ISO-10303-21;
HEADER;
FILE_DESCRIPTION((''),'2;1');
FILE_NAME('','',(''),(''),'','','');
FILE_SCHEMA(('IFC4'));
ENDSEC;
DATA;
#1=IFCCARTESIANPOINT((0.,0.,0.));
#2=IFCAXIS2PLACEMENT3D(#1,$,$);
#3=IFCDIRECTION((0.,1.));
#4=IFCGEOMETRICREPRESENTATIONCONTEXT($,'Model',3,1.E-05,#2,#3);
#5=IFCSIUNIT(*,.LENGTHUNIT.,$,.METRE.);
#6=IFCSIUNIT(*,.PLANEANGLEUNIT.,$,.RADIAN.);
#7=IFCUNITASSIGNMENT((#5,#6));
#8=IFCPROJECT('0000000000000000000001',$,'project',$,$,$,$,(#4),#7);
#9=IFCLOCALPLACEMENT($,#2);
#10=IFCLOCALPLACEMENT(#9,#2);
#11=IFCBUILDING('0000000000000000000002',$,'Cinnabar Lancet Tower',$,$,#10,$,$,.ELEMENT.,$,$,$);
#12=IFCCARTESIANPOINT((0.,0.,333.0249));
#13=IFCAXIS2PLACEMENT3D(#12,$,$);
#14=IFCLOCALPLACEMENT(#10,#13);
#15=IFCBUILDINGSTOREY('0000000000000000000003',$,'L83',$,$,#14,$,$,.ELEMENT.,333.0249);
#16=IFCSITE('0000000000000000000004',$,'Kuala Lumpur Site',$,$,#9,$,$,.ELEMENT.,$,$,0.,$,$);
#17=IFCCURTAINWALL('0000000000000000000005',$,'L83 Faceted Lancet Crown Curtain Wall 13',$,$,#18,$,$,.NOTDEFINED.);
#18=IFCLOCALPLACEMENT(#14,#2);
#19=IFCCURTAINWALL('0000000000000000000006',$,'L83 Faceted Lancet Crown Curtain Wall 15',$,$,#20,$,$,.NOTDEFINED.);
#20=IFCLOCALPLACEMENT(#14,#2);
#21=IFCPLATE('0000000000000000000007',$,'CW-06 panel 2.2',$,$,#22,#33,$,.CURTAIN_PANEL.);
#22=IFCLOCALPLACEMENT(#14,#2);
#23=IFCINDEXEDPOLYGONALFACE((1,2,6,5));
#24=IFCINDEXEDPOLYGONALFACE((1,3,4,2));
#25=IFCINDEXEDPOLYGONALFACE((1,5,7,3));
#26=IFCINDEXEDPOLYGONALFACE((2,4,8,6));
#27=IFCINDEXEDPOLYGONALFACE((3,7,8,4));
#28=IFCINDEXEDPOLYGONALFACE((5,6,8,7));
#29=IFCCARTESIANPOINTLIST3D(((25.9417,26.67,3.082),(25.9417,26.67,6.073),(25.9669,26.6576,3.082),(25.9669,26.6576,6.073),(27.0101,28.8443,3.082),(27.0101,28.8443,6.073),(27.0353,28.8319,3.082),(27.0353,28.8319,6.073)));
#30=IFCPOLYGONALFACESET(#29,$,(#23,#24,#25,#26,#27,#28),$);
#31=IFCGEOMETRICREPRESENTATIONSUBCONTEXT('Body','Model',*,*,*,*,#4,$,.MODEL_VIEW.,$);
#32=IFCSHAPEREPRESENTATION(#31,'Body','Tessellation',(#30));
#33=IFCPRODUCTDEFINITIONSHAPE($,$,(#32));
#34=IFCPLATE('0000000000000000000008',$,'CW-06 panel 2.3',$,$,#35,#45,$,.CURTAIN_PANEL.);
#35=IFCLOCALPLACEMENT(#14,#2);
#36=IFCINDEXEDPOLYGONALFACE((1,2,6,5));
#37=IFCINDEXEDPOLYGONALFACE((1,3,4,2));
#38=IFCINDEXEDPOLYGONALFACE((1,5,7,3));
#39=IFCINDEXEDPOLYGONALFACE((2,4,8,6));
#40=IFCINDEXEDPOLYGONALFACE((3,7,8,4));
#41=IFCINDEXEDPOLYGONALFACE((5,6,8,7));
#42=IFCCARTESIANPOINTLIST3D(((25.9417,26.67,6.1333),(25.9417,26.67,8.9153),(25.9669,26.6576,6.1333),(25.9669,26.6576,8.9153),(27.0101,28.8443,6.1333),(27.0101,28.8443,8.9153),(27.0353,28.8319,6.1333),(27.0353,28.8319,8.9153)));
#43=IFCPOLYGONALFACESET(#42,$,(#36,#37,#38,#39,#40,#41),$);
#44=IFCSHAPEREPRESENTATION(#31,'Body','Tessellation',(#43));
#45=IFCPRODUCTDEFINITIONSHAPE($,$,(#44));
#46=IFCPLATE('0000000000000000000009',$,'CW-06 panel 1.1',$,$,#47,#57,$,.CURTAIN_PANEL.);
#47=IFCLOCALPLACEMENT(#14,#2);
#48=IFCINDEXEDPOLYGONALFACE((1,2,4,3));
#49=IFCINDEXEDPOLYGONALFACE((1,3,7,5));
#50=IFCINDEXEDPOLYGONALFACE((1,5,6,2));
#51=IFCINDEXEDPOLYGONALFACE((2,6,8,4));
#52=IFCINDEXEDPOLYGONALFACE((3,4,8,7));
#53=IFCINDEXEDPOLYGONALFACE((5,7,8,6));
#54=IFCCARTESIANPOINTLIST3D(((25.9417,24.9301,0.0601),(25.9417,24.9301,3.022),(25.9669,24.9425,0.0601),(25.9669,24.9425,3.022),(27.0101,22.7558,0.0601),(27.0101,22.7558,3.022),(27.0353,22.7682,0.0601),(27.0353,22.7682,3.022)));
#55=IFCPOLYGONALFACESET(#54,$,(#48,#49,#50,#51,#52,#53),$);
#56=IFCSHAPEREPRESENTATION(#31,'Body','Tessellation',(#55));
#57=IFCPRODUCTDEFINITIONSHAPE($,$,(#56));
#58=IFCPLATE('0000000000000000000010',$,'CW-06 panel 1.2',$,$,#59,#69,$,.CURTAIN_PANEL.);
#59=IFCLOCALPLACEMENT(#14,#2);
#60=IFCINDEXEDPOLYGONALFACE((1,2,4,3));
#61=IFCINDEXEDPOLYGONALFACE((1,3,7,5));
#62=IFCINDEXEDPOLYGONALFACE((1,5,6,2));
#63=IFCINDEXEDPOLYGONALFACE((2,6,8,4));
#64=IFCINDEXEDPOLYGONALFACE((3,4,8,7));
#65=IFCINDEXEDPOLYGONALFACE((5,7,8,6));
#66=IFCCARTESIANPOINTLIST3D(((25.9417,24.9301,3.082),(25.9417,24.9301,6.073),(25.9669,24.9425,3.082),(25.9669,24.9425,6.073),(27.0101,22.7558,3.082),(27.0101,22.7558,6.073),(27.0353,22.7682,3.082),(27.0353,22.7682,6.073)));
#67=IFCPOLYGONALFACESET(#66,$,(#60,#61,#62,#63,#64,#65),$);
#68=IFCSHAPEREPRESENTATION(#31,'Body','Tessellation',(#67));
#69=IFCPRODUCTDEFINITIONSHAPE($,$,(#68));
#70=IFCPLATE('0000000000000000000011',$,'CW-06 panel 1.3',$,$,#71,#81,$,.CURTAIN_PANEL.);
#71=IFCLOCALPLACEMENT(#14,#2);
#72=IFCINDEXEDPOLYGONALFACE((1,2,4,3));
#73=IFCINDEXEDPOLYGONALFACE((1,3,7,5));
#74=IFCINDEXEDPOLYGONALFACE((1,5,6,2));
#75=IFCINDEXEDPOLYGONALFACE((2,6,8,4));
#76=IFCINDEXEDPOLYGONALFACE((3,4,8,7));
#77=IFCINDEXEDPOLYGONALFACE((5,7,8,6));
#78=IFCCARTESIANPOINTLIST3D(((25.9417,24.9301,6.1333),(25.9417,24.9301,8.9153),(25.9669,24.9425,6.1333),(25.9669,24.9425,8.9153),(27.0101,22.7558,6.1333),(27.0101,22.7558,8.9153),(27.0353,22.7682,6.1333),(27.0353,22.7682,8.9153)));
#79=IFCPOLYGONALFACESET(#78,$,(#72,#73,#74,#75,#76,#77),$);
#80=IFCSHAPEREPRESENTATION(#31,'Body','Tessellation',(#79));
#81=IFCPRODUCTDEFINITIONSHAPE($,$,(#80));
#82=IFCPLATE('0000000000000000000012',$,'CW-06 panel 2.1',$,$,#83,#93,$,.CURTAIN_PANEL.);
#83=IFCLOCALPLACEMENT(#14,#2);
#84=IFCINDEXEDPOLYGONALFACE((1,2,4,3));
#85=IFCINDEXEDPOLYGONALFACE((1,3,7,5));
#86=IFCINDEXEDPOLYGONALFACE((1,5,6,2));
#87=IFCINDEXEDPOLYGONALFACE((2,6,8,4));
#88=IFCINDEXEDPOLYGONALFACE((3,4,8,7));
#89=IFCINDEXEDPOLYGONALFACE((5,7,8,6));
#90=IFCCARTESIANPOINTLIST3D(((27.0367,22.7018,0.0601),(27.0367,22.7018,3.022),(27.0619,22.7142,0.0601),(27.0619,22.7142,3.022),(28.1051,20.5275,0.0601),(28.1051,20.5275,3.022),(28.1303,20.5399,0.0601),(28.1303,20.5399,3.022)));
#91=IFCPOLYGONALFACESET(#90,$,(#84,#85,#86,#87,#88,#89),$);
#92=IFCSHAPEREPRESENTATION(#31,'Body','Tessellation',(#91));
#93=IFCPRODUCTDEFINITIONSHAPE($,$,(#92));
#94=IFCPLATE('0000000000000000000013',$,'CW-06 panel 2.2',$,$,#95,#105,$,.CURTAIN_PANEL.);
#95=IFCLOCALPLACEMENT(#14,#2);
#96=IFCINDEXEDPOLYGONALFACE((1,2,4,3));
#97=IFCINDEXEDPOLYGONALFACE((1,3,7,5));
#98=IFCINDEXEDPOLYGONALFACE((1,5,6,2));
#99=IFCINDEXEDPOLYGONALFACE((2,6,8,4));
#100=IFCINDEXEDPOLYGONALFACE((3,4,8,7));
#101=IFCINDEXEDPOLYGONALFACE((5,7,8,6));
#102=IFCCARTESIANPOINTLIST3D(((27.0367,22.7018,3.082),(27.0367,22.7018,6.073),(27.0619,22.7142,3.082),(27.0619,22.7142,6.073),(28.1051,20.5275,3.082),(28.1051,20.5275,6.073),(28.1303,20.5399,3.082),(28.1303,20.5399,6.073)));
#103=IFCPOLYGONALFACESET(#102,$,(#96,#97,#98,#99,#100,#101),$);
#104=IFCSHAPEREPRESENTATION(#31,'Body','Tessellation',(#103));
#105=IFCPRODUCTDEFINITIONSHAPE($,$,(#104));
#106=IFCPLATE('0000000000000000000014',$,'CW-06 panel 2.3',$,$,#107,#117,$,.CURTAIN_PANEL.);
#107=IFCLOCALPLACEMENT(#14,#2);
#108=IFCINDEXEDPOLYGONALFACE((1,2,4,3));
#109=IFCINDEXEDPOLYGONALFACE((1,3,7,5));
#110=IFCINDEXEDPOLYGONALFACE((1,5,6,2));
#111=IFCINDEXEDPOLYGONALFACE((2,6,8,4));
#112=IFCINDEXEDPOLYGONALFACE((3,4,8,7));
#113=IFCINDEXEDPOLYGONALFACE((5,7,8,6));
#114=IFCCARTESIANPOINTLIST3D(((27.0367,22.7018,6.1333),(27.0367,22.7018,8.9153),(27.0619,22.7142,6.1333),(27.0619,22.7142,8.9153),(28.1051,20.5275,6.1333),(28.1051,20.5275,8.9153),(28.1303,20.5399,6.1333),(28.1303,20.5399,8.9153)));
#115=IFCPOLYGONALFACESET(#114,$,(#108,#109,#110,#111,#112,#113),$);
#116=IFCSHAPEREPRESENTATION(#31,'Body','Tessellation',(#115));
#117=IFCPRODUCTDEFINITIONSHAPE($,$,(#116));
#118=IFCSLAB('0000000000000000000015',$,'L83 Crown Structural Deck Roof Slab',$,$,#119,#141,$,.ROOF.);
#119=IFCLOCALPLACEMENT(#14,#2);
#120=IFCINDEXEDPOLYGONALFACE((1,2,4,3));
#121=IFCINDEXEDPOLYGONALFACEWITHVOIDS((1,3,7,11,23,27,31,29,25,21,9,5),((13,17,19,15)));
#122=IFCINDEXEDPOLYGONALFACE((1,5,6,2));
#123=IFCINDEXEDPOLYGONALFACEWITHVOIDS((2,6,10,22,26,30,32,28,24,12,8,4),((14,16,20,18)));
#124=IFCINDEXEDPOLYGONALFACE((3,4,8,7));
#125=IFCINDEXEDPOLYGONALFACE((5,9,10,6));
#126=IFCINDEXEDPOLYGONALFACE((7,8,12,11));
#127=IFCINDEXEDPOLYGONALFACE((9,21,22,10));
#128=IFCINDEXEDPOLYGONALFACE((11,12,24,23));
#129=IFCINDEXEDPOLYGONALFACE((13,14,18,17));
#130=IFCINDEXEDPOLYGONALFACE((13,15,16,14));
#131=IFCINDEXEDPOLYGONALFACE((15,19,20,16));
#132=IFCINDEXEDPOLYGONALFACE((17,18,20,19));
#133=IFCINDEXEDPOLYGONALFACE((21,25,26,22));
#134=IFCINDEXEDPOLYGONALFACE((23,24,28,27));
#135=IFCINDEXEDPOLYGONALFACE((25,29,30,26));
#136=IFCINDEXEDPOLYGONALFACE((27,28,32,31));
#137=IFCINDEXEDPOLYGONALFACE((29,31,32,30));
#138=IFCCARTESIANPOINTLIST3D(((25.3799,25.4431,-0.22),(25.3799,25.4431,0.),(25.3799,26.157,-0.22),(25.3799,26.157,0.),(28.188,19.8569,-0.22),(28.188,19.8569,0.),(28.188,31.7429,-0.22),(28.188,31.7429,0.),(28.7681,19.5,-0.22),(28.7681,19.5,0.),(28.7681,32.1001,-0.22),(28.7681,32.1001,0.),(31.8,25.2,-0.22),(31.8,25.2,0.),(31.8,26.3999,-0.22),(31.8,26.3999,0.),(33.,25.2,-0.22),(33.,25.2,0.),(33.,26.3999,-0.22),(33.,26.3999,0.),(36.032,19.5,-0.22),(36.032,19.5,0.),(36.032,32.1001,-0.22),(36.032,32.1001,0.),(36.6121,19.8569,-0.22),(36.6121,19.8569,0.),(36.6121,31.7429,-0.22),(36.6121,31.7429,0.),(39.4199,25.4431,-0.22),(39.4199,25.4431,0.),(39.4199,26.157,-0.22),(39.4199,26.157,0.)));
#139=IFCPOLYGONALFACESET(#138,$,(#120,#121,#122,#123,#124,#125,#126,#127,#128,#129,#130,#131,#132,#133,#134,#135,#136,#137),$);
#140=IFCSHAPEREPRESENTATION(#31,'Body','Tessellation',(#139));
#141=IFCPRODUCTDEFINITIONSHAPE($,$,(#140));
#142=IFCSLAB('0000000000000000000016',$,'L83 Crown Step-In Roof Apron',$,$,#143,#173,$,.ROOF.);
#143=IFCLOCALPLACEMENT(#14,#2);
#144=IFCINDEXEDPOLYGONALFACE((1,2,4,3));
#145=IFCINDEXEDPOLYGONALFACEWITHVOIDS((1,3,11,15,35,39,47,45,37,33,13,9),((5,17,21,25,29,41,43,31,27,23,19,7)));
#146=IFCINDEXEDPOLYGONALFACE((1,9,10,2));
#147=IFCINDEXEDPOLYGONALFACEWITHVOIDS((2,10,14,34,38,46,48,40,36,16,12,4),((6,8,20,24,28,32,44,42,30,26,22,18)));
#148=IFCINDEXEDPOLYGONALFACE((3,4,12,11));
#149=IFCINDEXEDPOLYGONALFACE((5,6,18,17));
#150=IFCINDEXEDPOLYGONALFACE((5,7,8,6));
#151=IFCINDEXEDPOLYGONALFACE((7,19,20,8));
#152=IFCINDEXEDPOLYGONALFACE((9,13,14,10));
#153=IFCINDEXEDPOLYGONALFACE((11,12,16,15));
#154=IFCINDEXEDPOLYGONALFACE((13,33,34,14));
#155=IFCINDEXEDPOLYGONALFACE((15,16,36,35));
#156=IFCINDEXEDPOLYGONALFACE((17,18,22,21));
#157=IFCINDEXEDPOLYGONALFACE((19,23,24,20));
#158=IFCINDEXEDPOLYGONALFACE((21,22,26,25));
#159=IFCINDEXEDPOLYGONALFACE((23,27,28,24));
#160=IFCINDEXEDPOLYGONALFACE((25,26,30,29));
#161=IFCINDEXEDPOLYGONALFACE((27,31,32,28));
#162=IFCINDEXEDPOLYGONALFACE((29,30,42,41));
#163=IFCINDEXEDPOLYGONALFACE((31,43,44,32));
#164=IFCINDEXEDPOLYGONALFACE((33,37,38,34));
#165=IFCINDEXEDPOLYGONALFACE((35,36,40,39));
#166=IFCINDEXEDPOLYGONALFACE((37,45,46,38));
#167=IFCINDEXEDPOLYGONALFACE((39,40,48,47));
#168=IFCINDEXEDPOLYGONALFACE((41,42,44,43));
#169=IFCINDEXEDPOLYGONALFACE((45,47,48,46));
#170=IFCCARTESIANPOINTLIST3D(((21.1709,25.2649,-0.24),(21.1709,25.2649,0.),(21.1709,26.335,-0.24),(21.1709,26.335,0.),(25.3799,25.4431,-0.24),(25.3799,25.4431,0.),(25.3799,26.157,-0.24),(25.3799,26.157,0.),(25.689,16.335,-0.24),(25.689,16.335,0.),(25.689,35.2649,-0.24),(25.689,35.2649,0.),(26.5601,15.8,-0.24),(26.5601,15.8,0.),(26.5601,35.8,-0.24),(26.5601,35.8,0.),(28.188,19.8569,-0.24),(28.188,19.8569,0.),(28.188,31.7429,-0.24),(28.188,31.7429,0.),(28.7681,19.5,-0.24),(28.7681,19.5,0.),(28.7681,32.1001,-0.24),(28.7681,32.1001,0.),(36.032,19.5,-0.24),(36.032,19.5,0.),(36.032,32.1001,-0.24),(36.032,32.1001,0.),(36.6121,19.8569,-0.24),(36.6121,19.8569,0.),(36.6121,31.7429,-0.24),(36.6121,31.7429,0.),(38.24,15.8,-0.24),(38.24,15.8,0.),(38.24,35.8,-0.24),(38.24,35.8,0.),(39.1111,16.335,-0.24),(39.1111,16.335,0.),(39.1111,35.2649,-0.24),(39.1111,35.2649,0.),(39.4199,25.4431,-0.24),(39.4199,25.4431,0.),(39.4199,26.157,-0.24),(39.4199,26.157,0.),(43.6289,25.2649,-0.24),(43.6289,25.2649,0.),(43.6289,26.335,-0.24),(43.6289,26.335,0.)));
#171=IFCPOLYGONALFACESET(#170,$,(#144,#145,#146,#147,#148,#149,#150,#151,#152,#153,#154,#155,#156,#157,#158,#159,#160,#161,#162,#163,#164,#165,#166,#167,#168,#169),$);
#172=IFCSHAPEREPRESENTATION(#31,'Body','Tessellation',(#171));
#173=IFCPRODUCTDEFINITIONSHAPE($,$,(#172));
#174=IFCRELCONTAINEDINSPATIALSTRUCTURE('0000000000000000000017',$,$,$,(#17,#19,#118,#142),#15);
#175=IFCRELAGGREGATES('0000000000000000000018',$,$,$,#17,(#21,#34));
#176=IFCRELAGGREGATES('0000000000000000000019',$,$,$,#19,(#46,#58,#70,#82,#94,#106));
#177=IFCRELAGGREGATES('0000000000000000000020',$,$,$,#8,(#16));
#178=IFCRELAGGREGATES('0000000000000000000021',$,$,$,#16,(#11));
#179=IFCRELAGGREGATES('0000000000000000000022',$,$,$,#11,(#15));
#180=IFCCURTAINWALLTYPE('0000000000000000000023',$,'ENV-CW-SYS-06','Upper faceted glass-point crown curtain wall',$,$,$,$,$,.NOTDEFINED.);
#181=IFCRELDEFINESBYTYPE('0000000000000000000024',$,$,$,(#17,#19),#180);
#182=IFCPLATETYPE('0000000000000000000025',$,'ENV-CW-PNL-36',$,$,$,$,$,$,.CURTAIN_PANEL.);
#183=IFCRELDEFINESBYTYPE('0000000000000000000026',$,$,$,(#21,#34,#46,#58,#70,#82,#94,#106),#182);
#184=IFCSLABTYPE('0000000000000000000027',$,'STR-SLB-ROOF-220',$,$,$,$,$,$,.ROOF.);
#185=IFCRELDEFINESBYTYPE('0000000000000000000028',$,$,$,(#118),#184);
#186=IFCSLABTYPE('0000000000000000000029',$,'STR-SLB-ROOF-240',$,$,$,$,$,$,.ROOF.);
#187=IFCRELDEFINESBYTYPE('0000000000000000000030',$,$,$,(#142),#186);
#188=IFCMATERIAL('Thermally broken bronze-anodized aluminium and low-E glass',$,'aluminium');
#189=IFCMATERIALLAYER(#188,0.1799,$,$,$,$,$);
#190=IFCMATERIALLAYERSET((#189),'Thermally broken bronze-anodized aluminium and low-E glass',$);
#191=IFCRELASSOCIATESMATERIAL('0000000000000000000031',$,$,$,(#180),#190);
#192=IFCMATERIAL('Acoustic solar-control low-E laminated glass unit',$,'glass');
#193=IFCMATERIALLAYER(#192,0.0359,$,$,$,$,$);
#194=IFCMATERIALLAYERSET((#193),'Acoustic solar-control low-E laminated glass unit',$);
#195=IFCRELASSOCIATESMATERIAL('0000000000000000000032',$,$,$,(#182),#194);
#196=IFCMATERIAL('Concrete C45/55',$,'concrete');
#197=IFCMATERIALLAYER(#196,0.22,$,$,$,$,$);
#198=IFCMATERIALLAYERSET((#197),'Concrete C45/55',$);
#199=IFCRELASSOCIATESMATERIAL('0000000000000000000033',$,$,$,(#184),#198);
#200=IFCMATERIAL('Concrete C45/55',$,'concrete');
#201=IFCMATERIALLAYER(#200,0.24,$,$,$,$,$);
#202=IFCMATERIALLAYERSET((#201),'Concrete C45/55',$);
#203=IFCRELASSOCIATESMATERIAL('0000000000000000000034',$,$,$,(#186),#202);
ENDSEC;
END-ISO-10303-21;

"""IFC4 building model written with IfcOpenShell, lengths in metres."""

from ifc_helpers import new_model, si_unit, direction, frame, origin, origin_2d, place, context, subcontext, project, spatial, polyline, rectangle, outline, extrude, material, layer, layer_set, type_object, element, aggregate, save


model = new_model("IFC4")

# Units and contexts
model_context = context("Model", 3, precision=1e-05, world=origin(), true_north=direction((0.0, 1.0)))
body_context = subcontext(model_context, "Body", "Model", "MODEL_VIEW")
ifc_project = project(units=[si_unit("LENGTHUNIT", "METRE"), si_unit("PLANEANGLEUNIT", "RADIAN")], contexts=[model_context])

# Site, building, storey
site_placement = place(None, origin())
site = spatial("IfcSite", under=ifc_project, at=site_placement, Name="Kuala Lumpur Site", CompositionType="ELEMENT", RefElevation=0.0)
building_placement = place(site_placement, origin())
building = spatial("IfcBuilding", under=site, at=building_placement, Name="Cinnabar Lancet Tower", CompositionType="ELEMENT")
storey_placement = place(building_placement, frame((0.0, 0.0, 333.0249)))
storey = spatial("IfcBuildingStorey", under=building, at=storey_placement, Name="L83", CompositionType="ELEMENT", Elevation=333.0249)

# Curtain walls
ifc_material_1 = material(Name="Thermally broken bronze-anodized aluminium and low-E glass", Category="aluminium")
ifc_layer_1 = layer(ifc_material_1, 0.1799)
ifc_layer_set_1 = layer_set([ifc_layer_1], Name="Thermally broken bronze-anodized aluminium and low-E glass")
curtain_wall_type = type_object("IfcCurtainWallType", Name="ENV-CW-SYS-06", Description="Upper faceted glass-point crown curtain wall", PredefinedType="NOTDEFINED", material=ifc_layer_set_1)
curtain_wall_1_placement = place(storey_placement, origin())
curtain_wall_1 = element("IfcCurtainWall", 1, at=curtain_wall_1_placement, inside=storey, type_object=curtain_wall_type, Name="L83 Faceted Lancet Crown Curtain Wall 13", PredefinedType="NOTDEFINED")
curtain_wall_2_placement = place(storey_placement, origin())
curtain_wall_2 = element("IfcCurtainWall", 2, at=curtain_wall_2_placement, inside=storey, type_object=curtain_wall_type, Name="L83 Faceted Lancet Crown Curtain Wall 15", PredefinedType="NOTDEFINED")

# Plates
ifc_material_2 = material(Name="Acoustic solar-control low-E laminated glass unit", Category="glass")
ifc_layer_2 = layer(ifc_material_2, 0.0359)
ifc_layer_set_2 = layer_set([ifc_layer_2], Name="Acoustic solar-control low-E laminated glass unit")
plate_type = type_object("IfcPlateType", Name="ENV-CW-PNL-36", PredefinedType="CURTAIN_PANEL", material=ifc_layer_set_2)
plate_1_placement = place(storey_placement, frame((26.4885, 27.751, 3.082), z_axis=(0.0, 0.0, 1.0), x_axis=(-0.440994, -0.89751, 0.0)))
plate_1 = element("IfcPlate", 3, at=plate_1_placement, type_object=plate_type, Name="CW-06 panel 2.2", PredefinedType="CURTAIN_PANEL", context=body_context, shape_type="SweptSolid", body=[
    extrude(rectangle(XDim=2.4226, YDim=0.0281, at=origin_2d()), origin(), (0.0, 0.0, 1.0), 2.991),
])
plate_2_placement = place(storey_placement, frame((26.4885, 27.751, 6.1333), z_axis=(0.0, 0.0, 1.0), x_axis=(-0.440994, -0.89751, 0.0)))
plate_2 = element("IfcPlate", 4, at=plate_2_placement, type_object=plate_type, Name="CW-06 panel 2.3", PredefinedType="CURTAIN_PANEL", context=body_context, shape_type="SweptSolid", body=[
    extrude(rectangle(XDim=2.4226, YDim=0.0281, at=origin_2d()), origin(), (0.0, 0.0, 1.0), 2.782),
])
aggregate(curtain_wall_1, [plate_1, plate_2])
plate_3_placement = place(storey_placement, frame((26.4885, 23.8491, 0.0601), z_axis=(0.0, 0.0, 1.0), x_axis=(0.440994, -0.89751, 0.0)))
plate_3 = element("IfcPlate", 5, at=plate_3_placement, type_object=plate_type, Name="CW-06 panel 1.1", PredefinedType="CURTAIN_PANEL", context=body_context, shape_type="SweptSolid", body=[
    extrude(rectangle(XDim=2.4226, YDim=0.0281, at=origin_2d()), origin(), (0.0, 0.0, 1.0), 2.9619),
])
plate_4_placement = place(storey_placement, frame((26.4885, 23.8491, 3.082), z_axis=(0.0, 0.0, 1.0), x_axis=(0.440994, -0.89751, 0.0)))
plate_4 = element("IfcPlate", 6, at=plate_4_placement, type_object=plate_type, Name="CW-06 panel 1.2", PredefinedType="CURTAIN_PANEL", context=body_context, shape_type="SweptSolid", body=[
    extrude(rectangle(XDim=2.4226, YDim=0.0281, at=origin_2d()), origin(), (0.0, 0.0, 1.0), 2.991),
])
plate_5_placement = place(storey_placement, frame((26.4885, 23.8491, 6.1333), z_axis=(0.0, 0.0, 1.0), x_axis=(0.440994, -0.89751, 0.0)))
plate_5 = element("IfcPlate", 7, at=plate_5_placement, type_object=plate_type, Name="CW-06 panel 1.3", PredefinedType="CURTAIN_PANEL", context=body_context, shape_type="SweptSolid", body=[
    extrude(rectangle(XDim=2.4226, YDim=0.0281, at=origin_2d()), origin(), (0.0, 0.0, 1.0), 2.782),
])
plate_6_placement = place(storey_placement, frame((27.5835, 21.6208, 0.0601), z_axis=(0.0, 0.0, 1.0), x_axis=(0.440994, -0.89751, 0.0)))
plate_6 = element("IfcPlate", 8, at=plate_6_placement, type_object=plate_type, Name="CW-06 panel 2.1", PredefinedType="CURTAIN_PANEL", context=body_context, shape_type="SweptSolid", body=[
    extrude(rectangle(XDim=2.4226, YDim=0.0281, at=origin_2d()), origin(), (0.0, 0.0, 1.0), 2.9619),
])
plate_7_placement = place(storey_placement, frame((27.5835, 21.6208, 3.082), z_axis=(0.0, 0.0, 1.0), x_axis=(0.440994, -0.89751, 0.0)))
plate_7 = element("IfcPlate", 9, at=plate_7_placement, type_object=plate_type, Name="CW-06 panel 2.2", PredefinedType="CURTAIN_PANEL", context=body_context, shape_type="SweptSolid", body=[
    extrude(rectangle(XDim=2.4226, YDim=0.0281, at=origin_2d()), origin(), (0.0, 0.0, 1.0), 2.991),
])
plate_8_placement = place(storey_placement, frame((27.5835, 21.6208, 6.1333), z_axis=(0.0, 0.0, 1.0), x_axis=(0.440994, -0.89751, 0.0)))
plate_8 = element("IfcPlate", 10, at=plate_8_placement, type_object=plate_type, Name="CW-06 panel 2.3", PredefinedType="CURTAIN_PANEL", context=body_context, shape_type="SweptSolid", body=[
    extrude(rectangle(XDim=2.4226, YDim=0.0281, at=origin_2d()), origin(), (0.0, 0.0, 1.0), 2.782),
])
aggregate(curtain_wall_2, [plate_3, plate_4, plate_5, plate_6, plate_7, plate_8])

# Slabs
ifc_material_3 = material(Name="Concrete C45/55", Category="concrete")
ifc_layer_3 = layer(ifc_material_3, 0.22)
ifc_layer_set_3 = layer_set([ifc_layer_3], Name="Concrete C45/55")
slab_type_1 = type_object("IfcSlabType", Name="STR-SLB-ROOF-220", PredefinedType="ROOF", material=ifc_layer_set_3)
slab_1_placement = place(storey_placement, frame((0.0, 0.0, -0.22)))
element("IfcSlab", 11, at=slab_1_placement, inside=storey, type_object=slab_type_1, Name="L83 Crown Structural Deck Roof Slab", PredefinedType="ROOF", context=body_context, shape_type="SweptSolid", body=[
    extrude(outline(polyline([(28.188, 19.8569), (28.7681, 19.5), (36.032, 19.5), (36.6121, 19.8569), (39.4199, 25.4431), (39.4199, 26.157), (36.6121, 31.7429), (36.032, 32.1001), (28.7681, 32.1001), (28.188, 31.7429), (25.3799, 26.157), (25.3799, 25.4431), (28.188, 19.8569)]), holes=[polyline([(31.8, 25.2), (33.0, 25.2), (33.0, 26.3999), (31.8, 26.3999), (31.8, 25.2)])]), origin(), (0.0, 0.0, 1.0), 0.22),
])
ifc_material_4 = material(Name="Concrete C45/55", Category="concrete")
ifc_layer_4 = layer(ifc_material_4, 0.24)
ifc_layer_set_4 = layer_set([ifc_layer_4], Name="Concrete C45/55")
slab_type_2 = type_object("IfcSlabType", Name="STR-SLB-ROOF-240", PredefinedType="ROOF", material=ifc_layer_set_4)
slab_2_placement = place(storey_placement, frame((0.0, 0.0, -0.24)))
element("IfcSlab", 12, at=slab_2_placement, inside=storey, type_object=slab_type_2, Name="L83 Crown Step-In Roof Apron", PredefinedType="ROOF", context=body_context, shape_type="SweptSolid", body=[
    extrude(outline(polyline([(25.689, 16.335), (26.5601, 15.8), (38.24, 15.8), (39.1111, 16.335), (43.6289, 25.2649), (43.6289, 26.335), (39.1111, 35.2649), (38.24, 35.8), (26.5601, 35.8), (25.689, 35.2649), (21.1709, 26.335), (21.1709, 25.2649), (25.689, 16.335)]), holes=[polyline([(28.188, 19.8569), (28.7681, 19.5), (36.032, 19.5), (36.6121, 19.8569), (39.4199, 25.4431), (39.4199, 26.157), (36.6121, 31.7429), (36.032, 32.1001), (28.7681, 32.1001), (28.188, 31.7429), (25.3799, 26.157), (25.3799, 25.4431), (28.188, 19.8569)])]), origin(), (0.0, 0.0, 1.0), 0.24),
])

save(model, "model.ifc")
